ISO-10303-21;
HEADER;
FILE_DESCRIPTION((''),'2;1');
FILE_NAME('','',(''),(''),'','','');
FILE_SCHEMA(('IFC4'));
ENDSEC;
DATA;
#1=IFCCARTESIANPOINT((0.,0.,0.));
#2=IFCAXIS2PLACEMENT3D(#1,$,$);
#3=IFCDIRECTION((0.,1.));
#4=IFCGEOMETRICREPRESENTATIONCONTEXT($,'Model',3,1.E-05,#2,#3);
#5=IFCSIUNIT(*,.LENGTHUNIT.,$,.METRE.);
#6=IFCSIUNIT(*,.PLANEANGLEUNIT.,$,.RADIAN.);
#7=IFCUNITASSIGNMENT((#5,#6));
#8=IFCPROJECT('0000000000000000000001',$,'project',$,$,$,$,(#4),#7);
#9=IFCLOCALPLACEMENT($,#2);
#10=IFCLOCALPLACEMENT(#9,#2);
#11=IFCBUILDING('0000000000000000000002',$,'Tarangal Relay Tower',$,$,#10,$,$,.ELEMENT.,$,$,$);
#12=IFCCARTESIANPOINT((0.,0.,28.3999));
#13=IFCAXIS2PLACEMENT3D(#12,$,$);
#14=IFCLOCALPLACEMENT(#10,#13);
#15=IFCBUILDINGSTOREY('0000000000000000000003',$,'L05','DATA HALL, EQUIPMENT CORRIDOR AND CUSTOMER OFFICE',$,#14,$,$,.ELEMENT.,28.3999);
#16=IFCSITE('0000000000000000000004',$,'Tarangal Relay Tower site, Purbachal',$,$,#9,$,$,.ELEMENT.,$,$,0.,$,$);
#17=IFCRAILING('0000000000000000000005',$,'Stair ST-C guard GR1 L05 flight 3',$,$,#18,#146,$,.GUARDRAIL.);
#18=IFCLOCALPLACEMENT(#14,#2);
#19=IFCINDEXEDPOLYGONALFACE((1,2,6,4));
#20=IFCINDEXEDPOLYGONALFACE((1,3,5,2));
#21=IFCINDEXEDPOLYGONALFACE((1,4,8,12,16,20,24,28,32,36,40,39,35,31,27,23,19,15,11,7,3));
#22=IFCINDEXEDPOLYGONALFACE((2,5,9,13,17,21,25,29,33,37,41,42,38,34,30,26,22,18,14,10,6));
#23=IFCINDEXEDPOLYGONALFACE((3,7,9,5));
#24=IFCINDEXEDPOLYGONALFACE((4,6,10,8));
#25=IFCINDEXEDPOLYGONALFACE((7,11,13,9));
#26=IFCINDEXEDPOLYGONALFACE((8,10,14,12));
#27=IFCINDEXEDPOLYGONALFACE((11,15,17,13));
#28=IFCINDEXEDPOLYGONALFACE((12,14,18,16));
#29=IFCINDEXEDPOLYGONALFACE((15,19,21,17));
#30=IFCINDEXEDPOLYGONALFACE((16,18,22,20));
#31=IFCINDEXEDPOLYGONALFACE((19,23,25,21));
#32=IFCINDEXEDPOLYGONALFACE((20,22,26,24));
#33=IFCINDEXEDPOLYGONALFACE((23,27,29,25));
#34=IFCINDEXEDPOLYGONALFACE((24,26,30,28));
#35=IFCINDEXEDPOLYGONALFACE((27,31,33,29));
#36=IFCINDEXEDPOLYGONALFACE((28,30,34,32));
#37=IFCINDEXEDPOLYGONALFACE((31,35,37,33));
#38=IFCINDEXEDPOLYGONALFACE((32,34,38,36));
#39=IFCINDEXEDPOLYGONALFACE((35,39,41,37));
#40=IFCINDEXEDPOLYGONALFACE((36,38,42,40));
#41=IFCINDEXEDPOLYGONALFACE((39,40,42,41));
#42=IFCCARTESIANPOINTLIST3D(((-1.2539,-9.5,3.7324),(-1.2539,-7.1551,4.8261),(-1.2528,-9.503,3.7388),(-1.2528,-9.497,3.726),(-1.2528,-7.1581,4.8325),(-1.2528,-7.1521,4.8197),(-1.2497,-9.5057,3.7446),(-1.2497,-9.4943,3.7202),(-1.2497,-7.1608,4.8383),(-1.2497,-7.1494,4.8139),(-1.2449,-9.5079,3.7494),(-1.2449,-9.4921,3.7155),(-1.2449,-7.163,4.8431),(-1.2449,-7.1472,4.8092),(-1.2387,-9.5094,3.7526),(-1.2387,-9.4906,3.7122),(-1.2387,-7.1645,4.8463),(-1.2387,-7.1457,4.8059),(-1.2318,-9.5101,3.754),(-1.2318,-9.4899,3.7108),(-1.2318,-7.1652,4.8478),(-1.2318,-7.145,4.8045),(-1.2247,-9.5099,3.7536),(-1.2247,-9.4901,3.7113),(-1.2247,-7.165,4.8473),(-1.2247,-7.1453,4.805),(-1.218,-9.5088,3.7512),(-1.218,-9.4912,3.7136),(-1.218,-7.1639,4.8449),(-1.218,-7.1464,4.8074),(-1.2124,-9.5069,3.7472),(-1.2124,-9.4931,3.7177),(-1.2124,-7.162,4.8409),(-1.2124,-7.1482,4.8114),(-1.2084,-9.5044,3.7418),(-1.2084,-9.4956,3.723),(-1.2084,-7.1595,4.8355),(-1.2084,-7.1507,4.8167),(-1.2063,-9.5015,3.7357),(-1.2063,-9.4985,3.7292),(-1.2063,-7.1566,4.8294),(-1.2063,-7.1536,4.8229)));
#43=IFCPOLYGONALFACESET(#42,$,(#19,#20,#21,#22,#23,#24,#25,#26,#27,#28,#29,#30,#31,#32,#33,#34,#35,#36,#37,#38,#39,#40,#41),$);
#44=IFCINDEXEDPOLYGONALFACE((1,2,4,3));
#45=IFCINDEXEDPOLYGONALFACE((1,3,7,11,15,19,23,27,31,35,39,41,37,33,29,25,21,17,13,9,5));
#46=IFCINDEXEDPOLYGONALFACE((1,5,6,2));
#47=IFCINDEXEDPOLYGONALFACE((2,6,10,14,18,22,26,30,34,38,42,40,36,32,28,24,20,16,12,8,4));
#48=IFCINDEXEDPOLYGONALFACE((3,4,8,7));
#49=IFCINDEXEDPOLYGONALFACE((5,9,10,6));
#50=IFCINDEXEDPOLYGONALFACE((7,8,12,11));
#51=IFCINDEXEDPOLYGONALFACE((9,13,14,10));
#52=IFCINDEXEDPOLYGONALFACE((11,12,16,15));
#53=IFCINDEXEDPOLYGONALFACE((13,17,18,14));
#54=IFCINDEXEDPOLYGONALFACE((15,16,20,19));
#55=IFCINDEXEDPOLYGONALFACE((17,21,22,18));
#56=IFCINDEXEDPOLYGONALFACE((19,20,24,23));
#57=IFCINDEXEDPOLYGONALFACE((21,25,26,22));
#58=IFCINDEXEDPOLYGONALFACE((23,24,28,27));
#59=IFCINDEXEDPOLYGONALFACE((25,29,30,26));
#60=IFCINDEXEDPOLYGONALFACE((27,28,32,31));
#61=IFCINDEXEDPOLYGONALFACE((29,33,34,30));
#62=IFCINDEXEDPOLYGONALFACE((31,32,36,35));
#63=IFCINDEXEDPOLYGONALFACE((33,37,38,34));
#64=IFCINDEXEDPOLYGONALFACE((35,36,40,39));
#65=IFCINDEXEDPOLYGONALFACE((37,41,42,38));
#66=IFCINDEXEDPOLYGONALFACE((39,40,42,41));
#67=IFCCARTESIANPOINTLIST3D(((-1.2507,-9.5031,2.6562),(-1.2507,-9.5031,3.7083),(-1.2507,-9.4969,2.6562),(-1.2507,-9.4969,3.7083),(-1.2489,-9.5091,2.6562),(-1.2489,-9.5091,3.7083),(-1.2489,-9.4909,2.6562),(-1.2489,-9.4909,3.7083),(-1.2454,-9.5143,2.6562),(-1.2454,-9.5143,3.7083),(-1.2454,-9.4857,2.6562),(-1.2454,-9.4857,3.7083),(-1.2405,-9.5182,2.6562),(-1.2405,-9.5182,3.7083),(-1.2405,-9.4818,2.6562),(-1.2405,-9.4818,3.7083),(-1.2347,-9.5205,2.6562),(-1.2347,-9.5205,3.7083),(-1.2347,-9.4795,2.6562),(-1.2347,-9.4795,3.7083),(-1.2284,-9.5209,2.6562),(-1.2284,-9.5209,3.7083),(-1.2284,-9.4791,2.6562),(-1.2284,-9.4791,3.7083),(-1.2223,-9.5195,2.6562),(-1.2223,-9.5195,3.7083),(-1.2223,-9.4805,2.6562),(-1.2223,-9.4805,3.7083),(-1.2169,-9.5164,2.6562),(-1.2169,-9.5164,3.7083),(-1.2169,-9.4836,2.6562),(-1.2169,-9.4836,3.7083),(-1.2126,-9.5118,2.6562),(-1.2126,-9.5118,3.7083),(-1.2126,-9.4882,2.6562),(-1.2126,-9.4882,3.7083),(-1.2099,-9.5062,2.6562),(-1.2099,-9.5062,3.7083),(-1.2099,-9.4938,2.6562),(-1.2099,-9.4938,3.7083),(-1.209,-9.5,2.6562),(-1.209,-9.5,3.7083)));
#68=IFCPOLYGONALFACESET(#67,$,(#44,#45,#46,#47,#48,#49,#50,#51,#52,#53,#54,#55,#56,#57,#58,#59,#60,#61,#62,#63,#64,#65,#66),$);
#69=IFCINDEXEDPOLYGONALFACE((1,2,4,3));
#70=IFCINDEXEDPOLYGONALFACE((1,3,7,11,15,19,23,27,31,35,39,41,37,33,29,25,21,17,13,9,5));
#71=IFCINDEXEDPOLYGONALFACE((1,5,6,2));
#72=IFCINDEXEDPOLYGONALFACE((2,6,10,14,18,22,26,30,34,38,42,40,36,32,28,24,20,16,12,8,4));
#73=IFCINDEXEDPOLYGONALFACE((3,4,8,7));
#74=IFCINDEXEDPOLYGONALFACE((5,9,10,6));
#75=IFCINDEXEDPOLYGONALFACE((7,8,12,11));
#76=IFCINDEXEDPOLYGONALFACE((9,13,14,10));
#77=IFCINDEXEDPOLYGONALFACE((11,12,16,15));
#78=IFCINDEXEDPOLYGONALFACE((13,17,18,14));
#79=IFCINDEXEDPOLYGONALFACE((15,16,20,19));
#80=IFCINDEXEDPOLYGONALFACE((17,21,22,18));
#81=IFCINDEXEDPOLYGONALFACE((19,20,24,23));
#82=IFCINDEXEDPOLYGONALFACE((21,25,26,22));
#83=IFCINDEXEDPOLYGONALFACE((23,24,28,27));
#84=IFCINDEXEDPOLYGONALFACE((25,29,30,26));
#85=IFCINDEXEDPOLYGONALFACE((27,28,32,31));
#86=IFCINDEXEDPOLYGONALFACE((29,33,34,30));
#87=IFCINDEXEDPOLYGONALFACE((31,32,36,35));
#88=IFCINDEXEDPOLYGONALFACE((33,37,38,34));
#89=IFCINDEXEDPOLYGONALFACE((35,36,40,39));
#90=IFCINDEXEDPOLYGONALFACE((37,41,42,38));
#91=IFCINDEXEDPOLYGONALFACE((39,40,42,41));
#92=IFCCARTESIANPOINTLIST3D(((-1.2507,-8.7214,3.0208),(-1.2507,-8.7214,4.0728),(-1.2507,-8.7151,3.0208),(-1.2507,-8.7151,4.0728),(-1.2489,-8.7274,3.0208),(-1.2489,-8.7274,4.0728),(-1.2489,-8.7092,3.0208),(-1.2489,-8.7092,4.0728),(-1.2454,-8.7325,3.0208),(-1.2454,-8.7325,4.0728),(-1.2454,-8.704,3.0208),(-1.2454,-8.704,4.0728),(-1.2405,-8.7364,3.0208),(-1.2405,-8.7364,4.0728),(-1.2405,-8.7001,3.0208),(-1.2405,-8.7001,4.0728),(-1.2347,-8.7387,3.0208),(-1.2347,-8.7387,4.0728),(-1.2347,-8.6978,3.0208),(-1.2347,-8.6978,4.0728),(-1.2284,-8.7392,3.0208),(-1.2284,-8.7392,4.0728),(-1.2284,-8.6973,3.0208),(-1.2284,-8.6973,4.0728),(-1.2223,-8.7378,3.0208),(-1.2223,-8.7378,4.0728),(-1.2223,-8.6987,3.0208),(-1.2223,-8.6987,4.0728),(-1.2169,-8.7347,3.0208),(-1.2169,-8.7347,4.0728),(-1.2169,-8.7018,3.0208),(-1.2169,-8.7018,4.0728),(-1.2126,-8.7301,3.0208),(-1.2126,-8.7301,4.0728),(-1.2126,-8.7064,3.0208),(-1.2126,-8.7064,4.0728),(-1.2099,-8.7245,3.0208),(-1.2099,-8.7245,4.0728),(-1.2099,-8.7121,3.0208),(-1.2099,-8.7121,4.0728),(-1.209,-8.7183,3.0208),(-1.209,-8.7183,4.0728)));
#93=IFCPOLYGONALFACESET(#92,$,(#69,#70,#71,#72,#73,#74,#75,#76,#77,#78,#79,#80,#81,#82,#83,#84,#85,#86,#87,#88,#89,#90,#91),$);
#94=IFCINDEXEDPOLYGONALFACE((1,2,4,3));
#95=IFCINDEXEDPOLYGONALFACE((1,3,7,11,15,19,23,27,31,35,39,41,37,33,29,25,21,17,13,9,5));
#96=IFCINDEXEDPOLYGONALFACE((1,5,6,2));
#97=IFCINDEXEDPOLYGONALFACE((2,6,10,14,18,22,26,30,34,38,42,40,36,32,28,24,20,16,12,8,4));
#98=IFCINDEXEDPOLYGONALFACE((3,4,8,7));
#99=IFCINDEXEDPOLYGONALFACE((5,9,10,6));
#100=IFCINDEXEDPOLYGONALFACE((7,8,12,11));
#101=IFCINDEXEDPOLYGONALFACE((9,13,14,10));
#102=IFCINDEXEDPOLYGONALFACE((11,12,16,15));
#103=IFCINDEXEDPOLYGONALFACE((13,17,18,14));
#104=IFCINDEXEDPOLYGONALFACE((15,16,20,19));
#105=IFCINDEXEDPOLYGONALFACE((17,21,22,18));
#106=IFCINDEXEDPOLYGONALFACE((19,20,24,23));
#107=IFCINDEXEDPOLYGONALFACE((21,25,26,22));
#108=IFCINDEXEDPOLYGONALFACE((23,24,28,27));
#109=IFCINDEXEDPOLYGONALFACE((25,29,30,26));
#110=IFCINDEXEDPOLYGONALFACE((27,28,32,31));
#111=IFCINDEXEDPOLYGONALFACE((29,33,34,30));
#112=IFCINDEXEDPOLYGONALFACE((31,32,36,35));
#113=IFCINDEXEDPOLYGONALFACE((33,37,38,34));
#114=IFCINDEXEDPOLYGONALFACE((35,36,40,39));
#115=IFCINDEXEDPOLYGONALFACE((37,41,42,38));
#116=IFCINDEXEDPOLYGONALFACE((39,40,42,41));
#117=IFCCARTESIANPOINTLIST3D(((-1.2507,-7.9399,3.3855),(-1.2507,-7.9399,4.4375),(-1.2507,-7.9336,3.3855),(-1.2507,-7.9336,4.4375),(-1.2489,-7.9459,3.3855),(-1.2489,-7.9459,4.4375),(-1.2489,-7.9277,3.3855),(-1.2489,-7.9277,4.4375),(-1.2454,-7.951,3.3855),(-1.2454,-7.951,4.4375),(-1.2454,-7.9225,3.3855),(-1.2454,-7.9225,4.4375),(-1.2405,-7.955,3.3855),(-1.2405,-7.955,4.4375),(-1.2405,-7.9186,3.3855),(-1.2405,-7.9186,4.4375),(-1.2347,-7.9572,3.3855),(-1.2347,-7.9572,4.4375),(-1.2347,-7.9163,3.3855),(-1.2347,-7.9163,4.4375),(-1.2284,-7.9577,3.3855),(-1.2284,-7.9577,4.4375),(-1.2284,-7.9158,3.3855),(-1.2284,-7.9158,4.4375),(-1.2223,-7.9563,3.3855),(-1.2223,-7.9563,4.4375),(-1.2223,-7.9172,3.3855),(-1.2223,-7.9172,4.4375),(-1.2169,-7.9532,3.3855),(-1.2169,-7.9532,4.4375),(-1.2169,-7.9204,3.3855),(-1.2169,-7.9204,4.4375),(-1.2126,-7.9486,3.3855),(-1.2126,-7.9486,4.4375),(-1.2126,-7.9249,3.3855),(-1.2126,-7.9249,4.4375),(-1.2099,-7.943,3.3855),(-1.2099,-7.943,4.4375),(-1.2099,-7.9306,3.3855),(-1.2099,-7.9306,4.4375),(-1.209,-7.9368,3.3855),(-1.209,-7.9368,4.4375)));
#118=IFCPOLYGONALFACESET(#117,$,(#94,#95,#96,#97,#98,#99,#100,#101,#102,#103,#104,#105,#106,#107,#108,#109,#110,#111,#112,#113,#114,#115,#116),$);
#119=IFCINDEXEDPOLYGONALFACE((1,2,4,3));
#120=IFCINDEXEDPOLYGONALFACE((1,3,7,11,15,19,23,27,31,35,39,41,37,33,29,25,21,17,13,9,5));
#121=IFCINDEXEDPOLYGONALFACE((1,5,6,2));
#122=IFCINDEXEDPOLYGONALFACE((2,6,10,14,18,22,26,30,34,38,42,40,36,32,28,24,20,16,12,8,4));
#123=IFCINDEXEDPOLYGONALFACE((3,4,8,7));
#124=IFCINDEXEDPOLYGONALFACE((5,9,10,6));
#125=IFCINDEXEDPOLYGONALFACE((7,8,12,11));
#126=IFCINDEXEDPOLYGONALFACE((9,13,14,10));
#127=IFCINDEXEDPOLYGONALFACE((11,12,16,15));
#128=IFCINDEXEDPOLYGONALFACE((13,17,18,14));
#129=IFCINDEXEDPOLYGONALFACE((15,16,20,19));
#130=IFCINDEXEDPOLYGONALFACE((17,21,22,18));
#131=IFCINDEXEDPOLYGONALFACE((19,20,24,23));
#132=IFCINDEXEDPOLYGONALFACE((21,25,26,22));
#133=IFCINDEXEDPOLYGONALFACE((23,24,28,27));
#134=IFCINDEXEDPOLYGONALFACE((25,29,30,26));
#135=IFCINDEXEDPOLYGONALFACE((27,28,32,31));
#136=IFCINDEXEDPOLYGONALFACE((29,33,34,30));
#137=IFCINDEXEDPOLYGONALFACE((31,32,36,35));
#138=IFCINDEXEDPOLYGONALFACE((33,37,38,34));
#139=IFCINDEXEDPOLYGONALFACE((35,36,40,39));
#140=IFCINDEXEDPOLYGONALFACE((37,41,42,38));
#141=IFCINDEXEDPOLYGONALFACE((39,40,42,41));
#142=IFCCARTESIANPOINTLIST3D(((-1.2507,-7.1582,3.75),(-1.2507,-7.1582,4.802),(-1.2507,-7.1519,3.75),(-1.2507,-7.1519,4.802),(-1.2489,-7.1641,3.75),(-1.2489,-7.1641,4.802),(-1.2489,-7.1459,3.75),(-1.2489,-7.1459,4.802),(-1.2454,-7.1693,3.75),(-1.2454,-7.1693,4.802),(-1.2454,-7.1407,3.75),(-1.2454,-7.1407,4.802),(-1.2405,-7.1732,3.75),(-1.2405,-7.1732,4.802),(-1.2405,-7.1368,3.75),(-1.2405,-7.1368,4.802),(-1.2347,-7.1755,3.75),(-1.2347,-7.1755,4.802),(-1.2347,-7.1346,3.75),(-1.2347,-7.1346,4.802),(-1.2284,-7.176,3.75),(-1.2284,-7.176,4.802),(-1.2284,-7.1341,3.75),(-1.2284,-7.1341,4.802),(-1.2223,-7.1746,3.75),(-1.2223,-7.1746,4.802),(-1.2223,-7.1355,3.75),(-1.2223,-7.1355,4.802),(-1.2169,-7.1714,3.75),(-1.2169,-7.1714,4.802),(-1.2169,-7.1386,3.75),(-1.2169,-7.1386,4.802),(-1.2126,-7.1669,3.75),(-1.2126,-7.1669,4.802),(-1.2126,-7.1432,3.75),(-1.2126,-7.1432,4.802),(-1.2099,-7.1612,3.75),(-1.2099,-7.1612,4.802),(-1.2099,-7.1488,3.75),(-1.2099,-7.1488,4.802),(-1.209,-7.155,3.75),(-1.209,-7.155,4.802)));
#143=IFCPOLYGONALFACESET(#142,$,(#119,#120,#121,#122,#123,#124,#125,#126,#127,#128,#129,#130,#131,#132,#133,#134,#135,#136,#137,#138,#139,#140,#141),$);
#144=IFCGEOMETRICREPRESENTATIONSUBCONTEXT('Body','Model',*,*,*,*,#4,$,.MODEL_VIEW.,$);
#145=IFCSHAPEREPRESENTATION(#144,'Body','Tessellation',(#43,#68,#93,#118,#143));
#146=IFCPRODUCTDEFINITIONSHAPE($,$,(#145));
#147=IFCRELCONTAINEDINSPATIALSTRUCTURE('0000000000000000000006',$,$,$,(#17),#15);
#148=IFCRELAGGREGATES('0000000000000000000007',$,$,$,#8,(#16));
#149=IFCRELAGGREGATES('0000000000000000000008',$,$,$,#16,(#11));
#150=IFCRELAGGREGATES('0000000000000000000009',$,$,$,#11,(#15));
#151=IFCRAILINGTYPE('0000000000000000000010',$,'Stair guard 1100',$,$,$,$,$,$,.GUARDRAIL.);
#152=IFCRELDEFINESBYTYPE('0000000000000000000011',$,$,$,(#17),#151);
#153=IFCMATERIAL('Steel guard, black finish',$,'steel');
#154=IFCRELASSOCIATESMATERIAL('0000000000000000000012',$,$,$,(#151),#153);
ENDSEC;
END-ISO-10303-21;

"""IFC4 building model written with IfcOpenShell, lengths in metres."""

from ifc_helpers import new_model, si_unit, direction, frame, origin, origin_2d, place, context, subcontext, project, spatial, circle, extrude, material, type_object, element, save


model = new_model("IFC4")

# Units and contexts
model_context = context("Model", 3, precision=1e-05, world=origin(), true_north=direction((0.0, 1.0)))
body_context = subcontext(model_context, "Body", "Model", "MODEL_VIEW")
ifc_project = project(units=[si_unit("LENGTHUNIT", "METRE"), si_unit("PLANEANGLEUNIT", "RADIAN")], contexts=[model_context])

# Site, building, storey
site_placement = place(None, origin())
site = spatial("IfcSite", under=ifc_project, at=site_placement, Name="Tarangal Relay Tower site, Purbachal", CompositionType="ELEMENT", RefElevation=0.0)
building_placement = place(site_placement, origin())
building = spatial("IfcBuilding", under=site, at=building_placement, Name="Tarangal Relay Tower", CompositionType="ELEMENT")
storey_placement = place(building_placement, frame((0.0, 0.0, 28.3999)))
storey = spatial("IfcBuildingStorey", under=building, at=storey_placement, Name="L05", Description="DATA HALL, EQUIPMENT CORRIDOR AND CUSTOMER OFFICE", CompositionType="ELEMENT", Elevation=28.3999)

# Railing
ifc_material_1 = material(Name="Steel guard, black finish", Category="steel")
railing_type_1 = type_object("IfcRailingType", Name="Stair guard 1100", PredefinedType="GUARDRAIL", material=ifc_material_1)
for number, where, name in (
    (1, (-1.23, -9.5, 2.6562), "Stair ST-C guard GR1 L05 flight 3"),
):
    element("IfcRailing", number, at=place(storey_placement, frame(where)), inside=storey, type_object=railing_type_1, Name=name, PredefinedType="GUARDRAIL", context=body_context, shape_type="SweptSolid", body=[
        extrude(circle(Radius=0.0239, at=origin_2d()), frame((0.0, 0.0, 1.0762), z_axis=(0.0, 0.906267, 0.422705), x_axis=(-1.0, 0.0, 0.0)), (0.0, 0.0, 1.0), 2.5874),
        extrude(circle(Radius=0.021, at=origin_2d()), origin(), (0.0, 0.0, 1.0), 1.052),
        extrude(circle(Radius=0.021, at=origin_2d()), frame((0.0, 0.7817, 0.3645)), (0.0, 0.0, 1.0), 1.052),
        extrude(circle(Radius=0.021, at=origin_2d()), frame((0.0, 1.5632, 0.7292)), (0.0, 0.0, 1.0), 1.052),
        extrude(circle(Radius=0.021, at=origin_2d()), frame((0.0, 2.345, 1.0938)), (0.0, 0.0, 1.0), 1.052),
    ])

save(model, "model.ifc")
